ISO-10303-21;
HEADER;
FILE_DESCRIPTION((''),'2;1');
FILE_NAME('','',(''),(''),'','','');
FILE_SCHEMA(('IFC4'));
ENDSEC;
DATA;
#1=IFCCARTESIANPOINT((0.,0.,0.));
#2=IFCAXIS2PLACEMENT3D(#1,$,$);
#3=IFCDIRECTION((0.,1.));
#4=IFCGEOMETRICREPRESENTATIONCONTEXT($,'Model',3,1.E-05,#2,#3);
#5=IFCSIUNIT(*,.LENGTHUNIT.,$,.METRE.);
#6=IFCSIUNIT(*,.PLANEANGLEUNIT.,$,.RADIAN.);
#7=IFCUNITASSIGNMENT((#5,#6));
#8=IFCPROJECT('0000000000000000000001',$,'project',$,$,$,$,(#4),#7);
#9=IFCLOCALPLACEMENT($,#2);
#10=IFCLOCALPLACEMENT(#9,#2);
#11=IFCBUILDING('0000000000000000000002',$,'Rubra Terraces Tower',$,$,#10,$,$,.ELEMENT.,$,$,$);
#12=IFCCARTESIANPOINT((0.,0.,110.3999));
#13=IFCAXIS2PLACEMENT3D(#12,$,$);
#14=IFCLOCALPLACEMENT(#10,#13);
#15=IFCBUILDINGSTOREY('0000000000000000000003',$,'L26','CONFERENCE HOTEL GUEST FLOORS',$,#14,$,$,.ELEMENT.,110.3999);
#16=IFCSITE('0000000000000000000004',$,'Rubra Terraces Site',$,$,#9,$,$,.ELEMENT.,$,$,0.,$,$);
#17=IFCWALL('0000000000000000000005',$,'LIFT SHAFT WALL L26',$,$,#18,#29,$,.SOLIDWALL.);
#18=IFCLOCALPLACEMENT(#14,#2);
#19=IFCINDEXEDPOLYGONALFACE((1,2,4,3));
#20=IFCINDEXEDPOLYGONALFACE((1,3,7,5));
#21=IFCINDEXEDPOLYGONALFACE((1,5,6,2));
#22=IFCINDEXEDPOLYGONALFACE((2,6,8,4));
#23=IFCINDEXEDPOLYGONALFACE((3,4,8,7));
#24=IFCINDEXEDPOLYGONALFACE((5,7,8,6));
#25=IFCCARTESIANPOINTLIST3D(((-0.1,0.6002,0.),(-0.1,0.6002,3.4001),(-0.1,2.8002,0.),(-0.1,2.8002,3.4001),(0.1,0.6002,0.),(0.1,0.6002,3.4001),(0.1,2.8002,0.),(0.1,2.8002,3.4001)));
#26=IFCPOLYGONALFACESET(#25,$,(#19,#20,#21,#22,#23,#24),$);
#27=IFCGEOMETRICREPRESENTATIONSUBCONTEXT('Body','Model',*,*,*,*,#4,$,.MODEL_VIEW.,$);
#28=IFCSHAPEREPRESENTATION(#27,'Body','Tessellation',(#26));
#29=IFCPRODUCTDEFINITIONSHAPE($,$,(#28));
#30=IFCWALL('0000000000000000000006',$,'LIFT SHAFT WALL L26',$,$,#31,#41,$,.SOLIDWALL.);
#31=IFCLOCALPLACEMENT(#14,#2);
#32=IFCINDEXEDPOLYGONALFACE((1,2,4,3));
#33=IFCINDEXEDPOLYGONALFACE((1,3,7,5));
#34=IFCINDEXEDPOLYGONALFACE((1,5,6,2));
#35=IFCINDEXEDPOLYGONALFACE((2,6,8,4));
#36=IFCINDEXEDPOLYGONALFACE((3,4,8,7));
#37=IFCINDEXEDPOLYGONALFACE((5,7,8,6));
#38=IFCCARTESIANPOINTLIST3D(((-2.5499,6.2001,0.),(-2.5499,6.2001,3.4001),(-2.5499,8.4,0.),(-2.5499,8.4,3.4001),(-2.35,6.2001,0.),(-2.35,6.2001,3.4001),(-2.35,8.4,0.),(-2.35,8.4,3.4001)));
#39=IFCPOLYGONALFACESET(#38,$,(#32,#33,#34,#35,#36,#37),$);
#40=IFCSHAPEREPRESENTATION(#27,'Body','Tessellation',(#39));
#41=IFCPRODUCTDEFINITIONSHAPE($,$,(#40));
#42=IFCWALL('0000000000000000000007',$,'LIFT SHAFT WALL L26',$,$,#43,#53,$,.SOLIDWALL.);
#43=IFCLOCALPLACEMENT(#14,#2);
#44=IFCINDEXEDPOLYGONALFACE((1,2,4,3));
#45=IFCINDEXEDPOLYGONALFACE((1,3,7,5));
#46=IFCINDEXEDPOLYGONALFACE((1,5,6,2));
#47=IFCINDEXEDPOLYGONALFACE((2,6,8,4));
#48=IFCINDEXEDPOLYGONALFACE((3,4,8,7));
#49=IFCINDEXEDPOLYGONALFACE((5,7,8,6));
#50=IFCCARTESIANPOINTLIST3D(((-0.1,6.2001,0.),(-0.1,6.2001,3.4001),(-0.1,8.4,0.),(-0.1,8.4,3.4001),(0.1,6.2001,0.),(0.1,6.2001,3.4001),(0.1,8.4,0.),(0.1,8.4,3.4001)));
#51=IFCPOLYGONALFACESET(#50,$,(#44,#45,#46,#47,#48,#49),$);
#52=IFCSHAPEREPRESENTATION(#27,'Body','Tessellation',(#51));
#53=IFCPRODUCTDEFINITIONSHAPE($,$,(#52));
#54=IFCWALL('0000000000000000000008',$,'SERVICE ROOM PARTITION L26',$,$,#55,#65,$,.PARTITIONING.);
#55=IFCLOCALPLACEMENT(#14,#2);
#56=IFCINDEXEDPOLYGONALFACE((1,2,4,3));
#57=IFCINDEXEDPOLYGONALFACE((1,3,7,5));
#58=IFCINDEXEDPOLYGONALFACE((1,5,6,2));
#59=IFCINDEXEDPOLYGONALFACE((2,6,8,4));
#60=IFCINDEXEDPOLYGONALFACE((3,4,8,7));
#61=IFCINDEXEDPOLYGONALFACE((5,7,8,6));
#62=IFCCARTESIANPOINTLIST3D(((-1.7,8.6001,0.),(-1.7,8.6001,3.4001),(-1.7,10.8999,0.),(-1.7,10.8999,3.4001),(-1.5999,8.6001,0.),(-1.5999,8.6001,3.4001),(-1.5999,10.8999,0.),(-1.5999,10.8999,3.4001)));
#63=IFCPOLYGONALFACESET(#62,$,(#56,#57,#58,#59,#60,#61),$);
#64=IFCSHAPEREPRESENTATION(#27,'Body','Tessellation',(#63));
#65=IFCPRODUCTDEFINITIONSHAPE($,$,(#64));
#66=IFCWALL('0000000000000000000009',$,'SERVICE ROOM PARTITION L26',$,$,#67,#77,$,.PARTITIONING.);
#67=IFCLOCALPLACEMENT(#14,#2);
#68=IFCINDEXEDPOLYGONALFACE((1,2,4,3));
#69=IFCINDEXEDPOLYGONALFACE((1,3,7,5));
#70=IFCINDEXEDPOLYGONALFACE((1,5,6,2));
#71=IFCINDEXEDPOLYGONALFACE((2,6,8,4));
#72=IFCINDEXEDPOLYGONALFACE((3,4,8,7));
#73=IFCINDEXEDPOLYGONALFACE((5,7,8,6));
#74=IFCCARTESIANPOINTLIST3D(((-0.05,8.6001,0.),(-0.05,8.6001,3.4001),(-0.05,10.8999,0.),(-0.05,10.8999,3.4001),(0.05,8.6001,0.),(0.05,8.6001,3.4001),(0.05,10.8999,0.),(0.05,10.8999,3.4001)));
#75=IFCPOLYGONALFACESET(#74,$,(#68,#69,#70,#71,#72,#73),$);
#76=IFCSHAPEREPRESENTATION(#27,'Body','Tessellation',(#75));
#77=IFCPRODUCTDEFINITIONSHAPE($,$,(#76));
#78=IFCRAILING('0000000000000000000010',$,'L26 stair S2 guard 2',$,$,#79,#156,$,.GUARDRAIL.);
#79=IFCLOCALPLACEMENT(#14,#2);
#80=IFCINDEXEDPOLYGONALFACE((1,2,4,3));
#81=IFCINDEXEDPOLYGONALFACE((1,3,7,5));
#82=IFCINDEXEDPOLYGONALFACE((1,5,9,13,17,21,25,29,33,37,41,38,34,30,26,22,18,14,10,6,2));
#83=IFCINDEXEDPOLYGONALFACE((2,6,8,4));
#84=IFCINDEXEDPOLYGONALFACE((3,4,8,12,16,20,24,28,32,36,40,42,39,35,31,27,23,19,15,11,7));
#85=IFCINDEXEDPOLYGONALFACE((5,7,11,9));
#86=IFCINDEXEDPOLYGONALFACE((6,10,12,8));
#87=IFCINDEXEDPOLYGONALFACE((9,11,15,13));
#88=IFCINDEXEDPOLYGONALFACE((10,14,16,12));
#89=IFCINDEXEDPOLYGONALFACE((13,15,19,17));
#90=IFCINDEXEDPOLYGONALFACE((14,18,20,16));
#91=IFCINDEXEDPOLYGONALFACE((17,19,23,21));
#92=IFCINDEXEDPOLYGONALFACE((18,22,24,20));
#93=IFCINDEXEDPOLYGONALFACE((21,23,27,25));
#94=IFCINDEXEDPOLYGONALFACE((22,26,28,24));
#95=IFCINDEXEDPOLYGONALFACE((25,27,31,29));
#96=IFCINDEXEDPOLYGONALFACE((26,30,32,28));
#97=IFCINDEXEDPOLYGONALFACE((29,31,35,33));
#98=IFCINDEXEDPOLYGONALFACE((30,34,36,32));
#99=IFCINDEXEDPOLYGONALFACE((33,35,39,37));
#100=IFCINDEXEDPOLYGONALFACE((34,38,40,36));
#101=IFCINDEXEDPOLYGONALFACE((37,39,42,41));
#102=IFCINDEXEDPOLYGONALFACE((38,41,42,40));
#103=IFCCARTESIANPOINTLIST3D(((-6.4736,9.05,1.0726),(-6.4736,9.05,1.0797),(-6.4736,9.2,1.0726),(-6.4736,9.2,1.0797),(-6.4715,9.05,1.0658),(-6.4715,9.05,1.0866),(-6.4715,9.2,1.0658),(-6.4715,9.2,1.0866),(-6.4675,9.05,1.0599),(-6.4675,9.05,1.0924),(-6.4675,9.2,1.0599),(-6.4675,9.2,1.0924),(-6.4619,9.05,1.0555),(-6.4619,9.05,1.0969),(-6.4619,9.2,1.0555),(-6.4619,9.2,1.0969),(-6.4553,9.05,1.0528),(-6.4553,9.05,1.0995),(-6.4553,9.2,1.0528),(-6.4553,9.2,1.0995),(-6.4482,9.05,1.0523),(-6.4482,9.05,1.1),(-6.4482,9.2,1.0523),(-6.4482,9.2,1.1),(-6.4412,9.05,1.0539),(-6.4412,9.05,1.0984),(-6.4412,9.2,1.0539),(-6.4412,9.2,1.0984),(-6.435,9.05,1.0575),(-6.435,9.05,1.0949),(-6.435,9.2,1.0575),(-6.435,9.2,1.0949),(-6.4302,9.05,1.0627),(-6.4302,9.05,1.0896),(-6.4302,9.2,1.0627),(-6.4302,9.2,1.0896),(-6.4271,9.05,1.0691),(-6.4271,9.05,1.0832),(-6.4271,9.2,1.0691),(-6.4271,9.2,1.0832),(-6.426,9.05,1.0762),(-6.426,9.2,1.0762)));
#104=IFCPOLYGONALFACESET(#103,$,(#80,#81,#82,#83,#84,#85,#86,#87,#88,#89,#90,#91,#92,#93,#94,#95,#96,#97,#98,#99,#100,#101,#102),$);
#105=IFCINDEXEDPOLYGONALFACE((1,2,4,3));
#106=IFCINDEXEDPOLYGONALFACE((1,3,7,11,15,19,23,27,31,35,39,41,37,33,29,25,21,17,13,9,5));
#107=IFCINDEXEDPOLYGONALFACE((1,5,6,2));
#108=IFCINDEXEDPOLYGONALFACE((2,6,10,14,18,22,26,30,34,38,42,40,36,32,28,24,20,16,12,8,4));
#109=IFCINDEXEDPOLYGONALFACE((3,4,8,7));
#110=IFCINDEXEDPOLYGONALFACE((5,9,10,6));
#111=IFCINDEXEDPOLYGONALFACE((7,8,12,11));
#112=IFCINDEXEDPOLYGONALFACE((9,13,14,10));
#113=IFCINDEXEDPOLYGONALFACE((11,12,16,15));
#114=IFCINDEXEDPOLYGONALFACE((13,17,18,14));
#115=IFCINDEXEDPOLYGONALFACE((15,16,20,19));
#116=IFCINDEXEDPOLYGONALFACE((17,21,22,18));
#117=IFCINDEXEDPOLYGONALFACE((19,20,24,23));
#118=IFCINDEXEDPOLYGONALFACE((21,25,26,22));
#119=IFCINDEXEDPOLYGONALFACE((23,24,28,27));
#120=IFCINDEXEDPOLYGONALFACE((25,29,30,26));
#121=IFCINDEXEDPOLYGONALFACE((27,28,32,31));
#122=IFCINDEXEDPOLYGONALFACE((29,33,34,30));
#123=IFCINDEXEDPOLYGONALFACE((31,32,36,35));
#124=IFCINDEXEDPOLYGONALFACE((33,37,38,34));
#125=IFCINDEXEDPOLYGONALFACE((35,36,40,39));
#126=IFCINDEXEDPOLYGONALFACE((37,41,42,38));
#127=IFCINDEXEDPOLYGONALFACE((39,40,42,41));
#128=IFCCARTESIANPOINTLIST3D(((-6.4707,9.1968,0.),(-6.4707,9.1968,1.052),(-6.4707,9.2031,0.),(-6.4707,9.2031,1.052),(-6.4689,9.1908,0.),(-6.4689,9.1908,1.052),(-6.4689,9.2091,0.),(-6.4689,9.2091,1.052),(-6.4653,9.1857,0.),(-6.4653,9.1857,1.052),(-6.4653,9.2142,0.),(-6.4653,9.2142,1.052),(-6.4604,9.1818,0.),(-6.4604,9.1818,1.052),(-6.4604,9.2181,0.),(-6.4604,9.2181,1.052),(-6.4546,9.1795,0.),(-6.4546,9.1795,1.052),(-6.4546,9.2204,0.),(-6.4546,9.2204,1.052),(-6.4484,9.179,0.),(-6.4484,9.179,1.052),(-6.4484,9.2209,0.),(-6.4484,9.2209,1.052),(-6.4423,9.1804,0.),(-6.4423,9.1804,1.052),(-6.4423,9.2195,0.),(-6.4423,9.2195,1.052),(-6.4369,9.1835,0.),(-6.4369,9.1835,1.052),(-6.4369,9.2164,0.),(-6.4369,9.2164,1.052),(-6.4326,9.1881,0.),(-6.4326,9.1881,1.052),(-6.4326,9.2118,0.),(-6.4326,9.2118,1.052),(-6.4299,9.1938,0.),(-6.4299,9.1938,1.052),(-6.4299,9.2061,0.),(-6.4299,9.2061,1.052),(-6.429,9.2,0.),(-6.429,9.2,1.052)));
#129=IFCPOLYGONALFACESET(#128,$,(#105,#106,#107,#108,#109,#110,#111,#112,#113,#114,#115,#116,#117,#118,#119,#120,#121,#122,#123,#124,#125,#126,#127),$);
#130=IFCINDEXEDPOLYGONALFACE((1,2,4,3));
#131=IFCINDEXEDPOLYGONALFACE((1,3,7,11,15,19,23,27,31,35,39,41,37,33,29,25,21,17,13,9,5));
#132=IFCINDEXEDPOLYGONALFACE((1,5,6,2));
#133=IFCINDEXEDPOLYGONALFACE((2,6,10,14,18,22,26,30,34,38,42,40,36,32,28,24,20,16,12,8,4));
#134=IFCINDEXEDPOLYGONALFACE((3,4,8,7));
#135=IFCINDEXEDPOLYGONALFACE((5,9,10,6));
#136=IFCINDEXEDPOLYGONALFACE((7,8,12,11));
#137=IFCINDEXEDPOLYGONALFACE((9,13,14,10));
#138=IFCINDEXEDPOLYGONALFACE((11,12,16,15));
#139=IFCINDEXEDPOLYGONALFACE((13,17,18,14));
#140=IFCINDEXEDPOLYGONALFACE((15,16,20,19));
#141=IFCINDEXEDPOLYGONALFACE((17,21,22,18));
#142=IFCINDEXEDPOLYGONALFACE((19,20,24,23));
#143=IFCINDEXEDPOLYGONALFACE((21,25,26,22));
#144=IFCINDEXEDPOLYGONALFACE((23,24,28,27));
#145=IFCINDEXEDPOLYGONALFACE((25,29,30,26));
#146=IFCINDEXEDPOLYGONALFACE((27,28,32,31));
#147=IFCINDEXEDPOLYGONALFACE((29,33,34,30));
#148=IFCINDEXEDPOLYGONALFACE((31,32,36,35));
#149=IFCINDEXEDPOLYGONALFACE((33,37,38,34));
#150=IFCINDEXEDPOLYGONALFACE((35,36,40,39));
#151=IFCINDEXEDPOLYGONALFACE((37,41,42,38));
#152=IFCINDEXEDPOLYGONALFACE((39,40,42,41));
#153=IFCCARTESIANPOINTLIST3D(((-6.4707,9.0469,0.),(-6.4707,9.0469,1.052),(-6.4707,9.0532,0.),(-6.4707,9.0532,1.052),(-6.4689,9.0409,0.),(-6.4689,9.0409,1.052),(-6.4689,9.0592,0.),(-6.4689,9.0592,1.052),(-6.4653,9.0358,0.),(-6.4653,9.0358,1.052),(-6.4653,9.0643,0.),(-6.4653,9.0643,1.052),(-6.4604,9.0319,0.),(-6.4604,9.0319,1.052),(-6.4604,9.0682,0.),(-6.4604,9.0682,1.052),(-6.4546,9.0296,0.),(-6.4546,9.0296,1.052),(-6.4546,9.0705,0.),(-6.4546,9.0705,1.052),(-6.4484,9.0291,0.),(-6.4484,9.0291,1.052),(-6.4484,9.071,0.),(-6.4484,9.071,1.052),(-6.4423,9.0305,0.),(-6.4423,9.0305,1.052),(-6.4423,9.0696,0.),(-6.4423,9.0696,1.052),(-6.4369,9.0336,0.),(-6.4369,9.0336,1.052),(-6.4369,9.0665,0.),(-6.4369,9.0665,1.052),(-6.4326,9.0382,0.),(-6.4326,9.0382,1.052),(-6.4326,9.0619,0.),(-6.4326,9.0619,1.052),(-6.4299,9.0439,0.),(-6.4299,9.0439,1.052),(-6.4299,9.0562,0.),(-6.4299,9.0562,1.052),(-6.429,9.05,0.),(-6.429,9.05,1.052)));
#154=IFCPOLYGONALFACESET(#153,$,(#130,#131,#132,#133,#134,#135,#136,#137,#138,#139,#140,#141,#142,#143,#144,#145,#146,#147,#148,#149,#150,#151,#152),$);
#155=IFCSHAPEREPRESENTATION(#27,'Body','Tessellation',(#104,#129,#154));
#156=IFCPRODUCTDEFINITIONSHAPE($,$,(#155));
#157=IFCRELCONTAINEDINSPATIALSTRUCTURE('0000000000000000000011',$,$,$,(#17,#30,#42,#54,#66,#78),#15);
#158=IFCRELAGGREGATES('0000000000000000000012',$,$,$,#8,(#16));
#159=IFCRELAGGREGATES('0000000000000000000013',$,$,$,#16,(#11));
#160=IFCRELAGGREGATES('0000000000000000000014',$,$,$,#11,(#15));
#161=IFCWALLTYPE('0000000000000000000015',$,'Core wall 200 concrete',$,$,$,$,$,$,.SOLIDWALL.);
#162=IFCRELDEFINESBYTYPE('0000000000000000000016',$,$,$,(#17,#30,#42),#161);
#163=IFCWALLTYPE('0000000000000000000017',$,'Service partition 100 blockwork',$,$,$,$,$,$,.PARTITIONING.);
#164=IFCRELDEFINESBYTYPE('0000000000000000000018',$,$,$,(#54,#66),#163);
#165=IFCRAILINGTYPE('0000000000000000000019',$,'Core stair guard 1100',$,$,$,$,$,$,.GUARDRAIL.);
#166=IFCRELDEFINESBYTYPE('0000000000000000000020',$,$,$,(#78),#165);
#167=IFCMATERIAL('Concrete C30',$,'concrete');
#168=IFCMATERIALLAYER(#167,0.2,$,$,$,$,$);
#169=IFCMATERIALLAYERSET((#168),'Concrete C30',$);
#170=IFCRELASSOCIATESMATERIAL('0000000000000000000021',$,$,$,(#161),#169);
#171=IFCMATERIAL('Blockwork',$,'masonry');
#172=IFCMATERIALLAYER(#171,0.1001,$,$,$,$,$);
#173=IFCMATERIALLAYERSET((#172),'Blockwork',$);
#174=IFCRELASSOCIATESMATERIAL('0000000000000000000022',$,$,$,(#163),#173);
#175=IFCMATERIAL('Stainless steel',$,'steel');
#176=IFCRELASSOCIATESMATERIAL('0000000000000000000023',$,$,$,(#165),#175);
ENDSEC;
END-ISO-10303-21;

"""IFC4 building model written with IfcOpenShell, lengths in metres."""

from ifc_helpers import new_model, si_unit, direction, frame, frame_2d, origin, origin_2d, place, context, subcontext, project, spatial, rectangle, circle, extrude, material, layer, layer_set, type_object, element, save


model = new_model("IFC4")

# Units and contexts
model_context = context("Model", 3, precision=1e-05, world=origin(), true_north=direction((0.0, 1.0)))
body_context = subcontext(model_context, "Body", "Model", "MODEL_VIEW")
ifc_project = project(units=[si_unit("LENGTHUNIT", "METRE"), si_unit("PLANEANGLEUNIT", "RADIAN")], contexts=[model_context])

# Site, building, storey
site_placement = place(None, origin())
site = spatial("IfcSite", under=ifc_project, at=site_placement, Name="Rubra Terraces Site", CompositionType="ELEMENT", RefElevation=0.0)
building_placement = place(site_placement, origin())
building = spatial("IfcBuilding", under=site, at=building_placement, Name="Rubra Terraces Tower", CompositionType="ELEMENT")
storey_placement = place(building_placement, frame((0.0, 0.0, 110.3999)))
storey = spatial("IfcBuildingStorey", under=building, at=storey_placement, Name="L26", Description="CONFERENCE HOTEL GUEST FLOORS", CompositionType="ELEMENT", Elevation=110.3999)

# Shared definitions
ifc_material_1 = material(Name="Concrete C30", Category="concrete")
ifc_layer_1 = layer(ifc_material_1, 0.2)
ifc_layer_set_1 = layer_set([ifc_layer_1], Name="Concrete C30")
wall_type_1 = type_object("IfcWallType", Name="Core wall 200 concrete", PredefinedType="SOLIDWALL", material=ifc_layer_set_1)

# Shared definitions
ifc_material_2 = material(Name="Stainless steel", Category="steel")

# Walls
for number, where, z_axis, x_axis, name in (
    (1, (0.0, 0.6001, 0.0), (0.0, 0.0, 1.0), (0.0, 1.0, 0.0), "LIFT SHAFT WALL L26"),
    (2, (-2.45, 6.2, 0.0), (0.0, 0.0, 1.0), (0.0, 1.0, 0.0), "LIFT SHAFT WALL L26"),
    (3, (0.0, 6.2, 0.0), (0.0, 0.0, 1.0), (0.0, 1.0, 0.0), "LIFT SHAFT WALL L26"),
):
    element("IfcWall", number, at=place(storey_placement, frame(where, z_axis=z_axis, x_axis=x_axis)), inside=storey, type_object=wall_type_1, Name=name, PredefinedType="SOLIDWALL", context=body_context, shape_type="SweptSolid", body=[
        extrude(rectangle(XDim=2.2, YDim=0.2, at=frame_2d((1.1001, 0.0))), origin(), (0.0, 0.0, 1.0), 3.4001),
    ])
ifc_material_3 = material(Name="Blockwork", Category="masonry")
ifc_layer_2 = layer(ifc_material_3, 0.1001)
ifc_layer_set_2 = layer_set([ifc_layer_2], Name="Blockwork")
wall_type_2 = type_object("IfcWallType", Name="Service partition 100 blockwork", PredefinedType="PARTITIONING", material=ifc_layer_set_2)
for number, where, z_axis, x_axis, name in (
    (4, (-1.6499, 8.6001, 0.0), (0.0, 0.0, 1.0), (0.0, 1.0, 0.0), "SERVICE ROOM PARTITION L26"),
    (5, (0.0, 8.6001, 0.0), (0.0, 0.0, 1.0), (0.0, 1.0, 0.0), "SERVICE ROOM PARTITION L26"),
):
    element("IfcWall", number, at=place(storey_placement, frame(where, z_axis=z_axis, x_axis=x_axis)), inside=storey, type_object=wall_type_2, Name=name, PredefinedType="PARTITIONING", context=body_context, shape_type="SweptSolid", body=[
        extrude(rectangle(XDim=2.2998, YDim=0.1001, at=frame_2d((1.1499, 0.0))), origin(), (0.0, 0.0, 1.0), 3.4001),
    ])

# Railing
railing_type = type_object("IfcRailingType", Name="Core stair guard 1100", PredefinedType="GUARDRAIL", material=ifc_material_2)
railing_placement = place(storey_placement, frame((-6.45, 9.2, 0.0)))
element("IfcRailing", 6, at=railing_placement, inside=storey, type_object=railing_type, Name="L26 stair S2 guard 2", PredefinedType="GUARDRAIL", context=body_context, shape_type="SweptSolid", body=[
    extrude(circle(Radius=0.0239, at=origin_2d()), frame((0.0, 0.0, 1.0762), z_axis=(0.0, -1.0, 0.0), x_axis=(1.0, 0.0, 0.0)), (0.0, 0.0, 1.0), 0.1499),
    extrude(circle(Radius=0.021, at=origin_2d()), origin(), (0.0, 0.0, 1.0), 1.052),
    extrude(circle(Radius=0.021, at=origin_2d()), frame((0.0, -0.1499, 0.0)), (0.0, 0.0, 1.0), 1.052),
])

save(model, "model.ifc")
